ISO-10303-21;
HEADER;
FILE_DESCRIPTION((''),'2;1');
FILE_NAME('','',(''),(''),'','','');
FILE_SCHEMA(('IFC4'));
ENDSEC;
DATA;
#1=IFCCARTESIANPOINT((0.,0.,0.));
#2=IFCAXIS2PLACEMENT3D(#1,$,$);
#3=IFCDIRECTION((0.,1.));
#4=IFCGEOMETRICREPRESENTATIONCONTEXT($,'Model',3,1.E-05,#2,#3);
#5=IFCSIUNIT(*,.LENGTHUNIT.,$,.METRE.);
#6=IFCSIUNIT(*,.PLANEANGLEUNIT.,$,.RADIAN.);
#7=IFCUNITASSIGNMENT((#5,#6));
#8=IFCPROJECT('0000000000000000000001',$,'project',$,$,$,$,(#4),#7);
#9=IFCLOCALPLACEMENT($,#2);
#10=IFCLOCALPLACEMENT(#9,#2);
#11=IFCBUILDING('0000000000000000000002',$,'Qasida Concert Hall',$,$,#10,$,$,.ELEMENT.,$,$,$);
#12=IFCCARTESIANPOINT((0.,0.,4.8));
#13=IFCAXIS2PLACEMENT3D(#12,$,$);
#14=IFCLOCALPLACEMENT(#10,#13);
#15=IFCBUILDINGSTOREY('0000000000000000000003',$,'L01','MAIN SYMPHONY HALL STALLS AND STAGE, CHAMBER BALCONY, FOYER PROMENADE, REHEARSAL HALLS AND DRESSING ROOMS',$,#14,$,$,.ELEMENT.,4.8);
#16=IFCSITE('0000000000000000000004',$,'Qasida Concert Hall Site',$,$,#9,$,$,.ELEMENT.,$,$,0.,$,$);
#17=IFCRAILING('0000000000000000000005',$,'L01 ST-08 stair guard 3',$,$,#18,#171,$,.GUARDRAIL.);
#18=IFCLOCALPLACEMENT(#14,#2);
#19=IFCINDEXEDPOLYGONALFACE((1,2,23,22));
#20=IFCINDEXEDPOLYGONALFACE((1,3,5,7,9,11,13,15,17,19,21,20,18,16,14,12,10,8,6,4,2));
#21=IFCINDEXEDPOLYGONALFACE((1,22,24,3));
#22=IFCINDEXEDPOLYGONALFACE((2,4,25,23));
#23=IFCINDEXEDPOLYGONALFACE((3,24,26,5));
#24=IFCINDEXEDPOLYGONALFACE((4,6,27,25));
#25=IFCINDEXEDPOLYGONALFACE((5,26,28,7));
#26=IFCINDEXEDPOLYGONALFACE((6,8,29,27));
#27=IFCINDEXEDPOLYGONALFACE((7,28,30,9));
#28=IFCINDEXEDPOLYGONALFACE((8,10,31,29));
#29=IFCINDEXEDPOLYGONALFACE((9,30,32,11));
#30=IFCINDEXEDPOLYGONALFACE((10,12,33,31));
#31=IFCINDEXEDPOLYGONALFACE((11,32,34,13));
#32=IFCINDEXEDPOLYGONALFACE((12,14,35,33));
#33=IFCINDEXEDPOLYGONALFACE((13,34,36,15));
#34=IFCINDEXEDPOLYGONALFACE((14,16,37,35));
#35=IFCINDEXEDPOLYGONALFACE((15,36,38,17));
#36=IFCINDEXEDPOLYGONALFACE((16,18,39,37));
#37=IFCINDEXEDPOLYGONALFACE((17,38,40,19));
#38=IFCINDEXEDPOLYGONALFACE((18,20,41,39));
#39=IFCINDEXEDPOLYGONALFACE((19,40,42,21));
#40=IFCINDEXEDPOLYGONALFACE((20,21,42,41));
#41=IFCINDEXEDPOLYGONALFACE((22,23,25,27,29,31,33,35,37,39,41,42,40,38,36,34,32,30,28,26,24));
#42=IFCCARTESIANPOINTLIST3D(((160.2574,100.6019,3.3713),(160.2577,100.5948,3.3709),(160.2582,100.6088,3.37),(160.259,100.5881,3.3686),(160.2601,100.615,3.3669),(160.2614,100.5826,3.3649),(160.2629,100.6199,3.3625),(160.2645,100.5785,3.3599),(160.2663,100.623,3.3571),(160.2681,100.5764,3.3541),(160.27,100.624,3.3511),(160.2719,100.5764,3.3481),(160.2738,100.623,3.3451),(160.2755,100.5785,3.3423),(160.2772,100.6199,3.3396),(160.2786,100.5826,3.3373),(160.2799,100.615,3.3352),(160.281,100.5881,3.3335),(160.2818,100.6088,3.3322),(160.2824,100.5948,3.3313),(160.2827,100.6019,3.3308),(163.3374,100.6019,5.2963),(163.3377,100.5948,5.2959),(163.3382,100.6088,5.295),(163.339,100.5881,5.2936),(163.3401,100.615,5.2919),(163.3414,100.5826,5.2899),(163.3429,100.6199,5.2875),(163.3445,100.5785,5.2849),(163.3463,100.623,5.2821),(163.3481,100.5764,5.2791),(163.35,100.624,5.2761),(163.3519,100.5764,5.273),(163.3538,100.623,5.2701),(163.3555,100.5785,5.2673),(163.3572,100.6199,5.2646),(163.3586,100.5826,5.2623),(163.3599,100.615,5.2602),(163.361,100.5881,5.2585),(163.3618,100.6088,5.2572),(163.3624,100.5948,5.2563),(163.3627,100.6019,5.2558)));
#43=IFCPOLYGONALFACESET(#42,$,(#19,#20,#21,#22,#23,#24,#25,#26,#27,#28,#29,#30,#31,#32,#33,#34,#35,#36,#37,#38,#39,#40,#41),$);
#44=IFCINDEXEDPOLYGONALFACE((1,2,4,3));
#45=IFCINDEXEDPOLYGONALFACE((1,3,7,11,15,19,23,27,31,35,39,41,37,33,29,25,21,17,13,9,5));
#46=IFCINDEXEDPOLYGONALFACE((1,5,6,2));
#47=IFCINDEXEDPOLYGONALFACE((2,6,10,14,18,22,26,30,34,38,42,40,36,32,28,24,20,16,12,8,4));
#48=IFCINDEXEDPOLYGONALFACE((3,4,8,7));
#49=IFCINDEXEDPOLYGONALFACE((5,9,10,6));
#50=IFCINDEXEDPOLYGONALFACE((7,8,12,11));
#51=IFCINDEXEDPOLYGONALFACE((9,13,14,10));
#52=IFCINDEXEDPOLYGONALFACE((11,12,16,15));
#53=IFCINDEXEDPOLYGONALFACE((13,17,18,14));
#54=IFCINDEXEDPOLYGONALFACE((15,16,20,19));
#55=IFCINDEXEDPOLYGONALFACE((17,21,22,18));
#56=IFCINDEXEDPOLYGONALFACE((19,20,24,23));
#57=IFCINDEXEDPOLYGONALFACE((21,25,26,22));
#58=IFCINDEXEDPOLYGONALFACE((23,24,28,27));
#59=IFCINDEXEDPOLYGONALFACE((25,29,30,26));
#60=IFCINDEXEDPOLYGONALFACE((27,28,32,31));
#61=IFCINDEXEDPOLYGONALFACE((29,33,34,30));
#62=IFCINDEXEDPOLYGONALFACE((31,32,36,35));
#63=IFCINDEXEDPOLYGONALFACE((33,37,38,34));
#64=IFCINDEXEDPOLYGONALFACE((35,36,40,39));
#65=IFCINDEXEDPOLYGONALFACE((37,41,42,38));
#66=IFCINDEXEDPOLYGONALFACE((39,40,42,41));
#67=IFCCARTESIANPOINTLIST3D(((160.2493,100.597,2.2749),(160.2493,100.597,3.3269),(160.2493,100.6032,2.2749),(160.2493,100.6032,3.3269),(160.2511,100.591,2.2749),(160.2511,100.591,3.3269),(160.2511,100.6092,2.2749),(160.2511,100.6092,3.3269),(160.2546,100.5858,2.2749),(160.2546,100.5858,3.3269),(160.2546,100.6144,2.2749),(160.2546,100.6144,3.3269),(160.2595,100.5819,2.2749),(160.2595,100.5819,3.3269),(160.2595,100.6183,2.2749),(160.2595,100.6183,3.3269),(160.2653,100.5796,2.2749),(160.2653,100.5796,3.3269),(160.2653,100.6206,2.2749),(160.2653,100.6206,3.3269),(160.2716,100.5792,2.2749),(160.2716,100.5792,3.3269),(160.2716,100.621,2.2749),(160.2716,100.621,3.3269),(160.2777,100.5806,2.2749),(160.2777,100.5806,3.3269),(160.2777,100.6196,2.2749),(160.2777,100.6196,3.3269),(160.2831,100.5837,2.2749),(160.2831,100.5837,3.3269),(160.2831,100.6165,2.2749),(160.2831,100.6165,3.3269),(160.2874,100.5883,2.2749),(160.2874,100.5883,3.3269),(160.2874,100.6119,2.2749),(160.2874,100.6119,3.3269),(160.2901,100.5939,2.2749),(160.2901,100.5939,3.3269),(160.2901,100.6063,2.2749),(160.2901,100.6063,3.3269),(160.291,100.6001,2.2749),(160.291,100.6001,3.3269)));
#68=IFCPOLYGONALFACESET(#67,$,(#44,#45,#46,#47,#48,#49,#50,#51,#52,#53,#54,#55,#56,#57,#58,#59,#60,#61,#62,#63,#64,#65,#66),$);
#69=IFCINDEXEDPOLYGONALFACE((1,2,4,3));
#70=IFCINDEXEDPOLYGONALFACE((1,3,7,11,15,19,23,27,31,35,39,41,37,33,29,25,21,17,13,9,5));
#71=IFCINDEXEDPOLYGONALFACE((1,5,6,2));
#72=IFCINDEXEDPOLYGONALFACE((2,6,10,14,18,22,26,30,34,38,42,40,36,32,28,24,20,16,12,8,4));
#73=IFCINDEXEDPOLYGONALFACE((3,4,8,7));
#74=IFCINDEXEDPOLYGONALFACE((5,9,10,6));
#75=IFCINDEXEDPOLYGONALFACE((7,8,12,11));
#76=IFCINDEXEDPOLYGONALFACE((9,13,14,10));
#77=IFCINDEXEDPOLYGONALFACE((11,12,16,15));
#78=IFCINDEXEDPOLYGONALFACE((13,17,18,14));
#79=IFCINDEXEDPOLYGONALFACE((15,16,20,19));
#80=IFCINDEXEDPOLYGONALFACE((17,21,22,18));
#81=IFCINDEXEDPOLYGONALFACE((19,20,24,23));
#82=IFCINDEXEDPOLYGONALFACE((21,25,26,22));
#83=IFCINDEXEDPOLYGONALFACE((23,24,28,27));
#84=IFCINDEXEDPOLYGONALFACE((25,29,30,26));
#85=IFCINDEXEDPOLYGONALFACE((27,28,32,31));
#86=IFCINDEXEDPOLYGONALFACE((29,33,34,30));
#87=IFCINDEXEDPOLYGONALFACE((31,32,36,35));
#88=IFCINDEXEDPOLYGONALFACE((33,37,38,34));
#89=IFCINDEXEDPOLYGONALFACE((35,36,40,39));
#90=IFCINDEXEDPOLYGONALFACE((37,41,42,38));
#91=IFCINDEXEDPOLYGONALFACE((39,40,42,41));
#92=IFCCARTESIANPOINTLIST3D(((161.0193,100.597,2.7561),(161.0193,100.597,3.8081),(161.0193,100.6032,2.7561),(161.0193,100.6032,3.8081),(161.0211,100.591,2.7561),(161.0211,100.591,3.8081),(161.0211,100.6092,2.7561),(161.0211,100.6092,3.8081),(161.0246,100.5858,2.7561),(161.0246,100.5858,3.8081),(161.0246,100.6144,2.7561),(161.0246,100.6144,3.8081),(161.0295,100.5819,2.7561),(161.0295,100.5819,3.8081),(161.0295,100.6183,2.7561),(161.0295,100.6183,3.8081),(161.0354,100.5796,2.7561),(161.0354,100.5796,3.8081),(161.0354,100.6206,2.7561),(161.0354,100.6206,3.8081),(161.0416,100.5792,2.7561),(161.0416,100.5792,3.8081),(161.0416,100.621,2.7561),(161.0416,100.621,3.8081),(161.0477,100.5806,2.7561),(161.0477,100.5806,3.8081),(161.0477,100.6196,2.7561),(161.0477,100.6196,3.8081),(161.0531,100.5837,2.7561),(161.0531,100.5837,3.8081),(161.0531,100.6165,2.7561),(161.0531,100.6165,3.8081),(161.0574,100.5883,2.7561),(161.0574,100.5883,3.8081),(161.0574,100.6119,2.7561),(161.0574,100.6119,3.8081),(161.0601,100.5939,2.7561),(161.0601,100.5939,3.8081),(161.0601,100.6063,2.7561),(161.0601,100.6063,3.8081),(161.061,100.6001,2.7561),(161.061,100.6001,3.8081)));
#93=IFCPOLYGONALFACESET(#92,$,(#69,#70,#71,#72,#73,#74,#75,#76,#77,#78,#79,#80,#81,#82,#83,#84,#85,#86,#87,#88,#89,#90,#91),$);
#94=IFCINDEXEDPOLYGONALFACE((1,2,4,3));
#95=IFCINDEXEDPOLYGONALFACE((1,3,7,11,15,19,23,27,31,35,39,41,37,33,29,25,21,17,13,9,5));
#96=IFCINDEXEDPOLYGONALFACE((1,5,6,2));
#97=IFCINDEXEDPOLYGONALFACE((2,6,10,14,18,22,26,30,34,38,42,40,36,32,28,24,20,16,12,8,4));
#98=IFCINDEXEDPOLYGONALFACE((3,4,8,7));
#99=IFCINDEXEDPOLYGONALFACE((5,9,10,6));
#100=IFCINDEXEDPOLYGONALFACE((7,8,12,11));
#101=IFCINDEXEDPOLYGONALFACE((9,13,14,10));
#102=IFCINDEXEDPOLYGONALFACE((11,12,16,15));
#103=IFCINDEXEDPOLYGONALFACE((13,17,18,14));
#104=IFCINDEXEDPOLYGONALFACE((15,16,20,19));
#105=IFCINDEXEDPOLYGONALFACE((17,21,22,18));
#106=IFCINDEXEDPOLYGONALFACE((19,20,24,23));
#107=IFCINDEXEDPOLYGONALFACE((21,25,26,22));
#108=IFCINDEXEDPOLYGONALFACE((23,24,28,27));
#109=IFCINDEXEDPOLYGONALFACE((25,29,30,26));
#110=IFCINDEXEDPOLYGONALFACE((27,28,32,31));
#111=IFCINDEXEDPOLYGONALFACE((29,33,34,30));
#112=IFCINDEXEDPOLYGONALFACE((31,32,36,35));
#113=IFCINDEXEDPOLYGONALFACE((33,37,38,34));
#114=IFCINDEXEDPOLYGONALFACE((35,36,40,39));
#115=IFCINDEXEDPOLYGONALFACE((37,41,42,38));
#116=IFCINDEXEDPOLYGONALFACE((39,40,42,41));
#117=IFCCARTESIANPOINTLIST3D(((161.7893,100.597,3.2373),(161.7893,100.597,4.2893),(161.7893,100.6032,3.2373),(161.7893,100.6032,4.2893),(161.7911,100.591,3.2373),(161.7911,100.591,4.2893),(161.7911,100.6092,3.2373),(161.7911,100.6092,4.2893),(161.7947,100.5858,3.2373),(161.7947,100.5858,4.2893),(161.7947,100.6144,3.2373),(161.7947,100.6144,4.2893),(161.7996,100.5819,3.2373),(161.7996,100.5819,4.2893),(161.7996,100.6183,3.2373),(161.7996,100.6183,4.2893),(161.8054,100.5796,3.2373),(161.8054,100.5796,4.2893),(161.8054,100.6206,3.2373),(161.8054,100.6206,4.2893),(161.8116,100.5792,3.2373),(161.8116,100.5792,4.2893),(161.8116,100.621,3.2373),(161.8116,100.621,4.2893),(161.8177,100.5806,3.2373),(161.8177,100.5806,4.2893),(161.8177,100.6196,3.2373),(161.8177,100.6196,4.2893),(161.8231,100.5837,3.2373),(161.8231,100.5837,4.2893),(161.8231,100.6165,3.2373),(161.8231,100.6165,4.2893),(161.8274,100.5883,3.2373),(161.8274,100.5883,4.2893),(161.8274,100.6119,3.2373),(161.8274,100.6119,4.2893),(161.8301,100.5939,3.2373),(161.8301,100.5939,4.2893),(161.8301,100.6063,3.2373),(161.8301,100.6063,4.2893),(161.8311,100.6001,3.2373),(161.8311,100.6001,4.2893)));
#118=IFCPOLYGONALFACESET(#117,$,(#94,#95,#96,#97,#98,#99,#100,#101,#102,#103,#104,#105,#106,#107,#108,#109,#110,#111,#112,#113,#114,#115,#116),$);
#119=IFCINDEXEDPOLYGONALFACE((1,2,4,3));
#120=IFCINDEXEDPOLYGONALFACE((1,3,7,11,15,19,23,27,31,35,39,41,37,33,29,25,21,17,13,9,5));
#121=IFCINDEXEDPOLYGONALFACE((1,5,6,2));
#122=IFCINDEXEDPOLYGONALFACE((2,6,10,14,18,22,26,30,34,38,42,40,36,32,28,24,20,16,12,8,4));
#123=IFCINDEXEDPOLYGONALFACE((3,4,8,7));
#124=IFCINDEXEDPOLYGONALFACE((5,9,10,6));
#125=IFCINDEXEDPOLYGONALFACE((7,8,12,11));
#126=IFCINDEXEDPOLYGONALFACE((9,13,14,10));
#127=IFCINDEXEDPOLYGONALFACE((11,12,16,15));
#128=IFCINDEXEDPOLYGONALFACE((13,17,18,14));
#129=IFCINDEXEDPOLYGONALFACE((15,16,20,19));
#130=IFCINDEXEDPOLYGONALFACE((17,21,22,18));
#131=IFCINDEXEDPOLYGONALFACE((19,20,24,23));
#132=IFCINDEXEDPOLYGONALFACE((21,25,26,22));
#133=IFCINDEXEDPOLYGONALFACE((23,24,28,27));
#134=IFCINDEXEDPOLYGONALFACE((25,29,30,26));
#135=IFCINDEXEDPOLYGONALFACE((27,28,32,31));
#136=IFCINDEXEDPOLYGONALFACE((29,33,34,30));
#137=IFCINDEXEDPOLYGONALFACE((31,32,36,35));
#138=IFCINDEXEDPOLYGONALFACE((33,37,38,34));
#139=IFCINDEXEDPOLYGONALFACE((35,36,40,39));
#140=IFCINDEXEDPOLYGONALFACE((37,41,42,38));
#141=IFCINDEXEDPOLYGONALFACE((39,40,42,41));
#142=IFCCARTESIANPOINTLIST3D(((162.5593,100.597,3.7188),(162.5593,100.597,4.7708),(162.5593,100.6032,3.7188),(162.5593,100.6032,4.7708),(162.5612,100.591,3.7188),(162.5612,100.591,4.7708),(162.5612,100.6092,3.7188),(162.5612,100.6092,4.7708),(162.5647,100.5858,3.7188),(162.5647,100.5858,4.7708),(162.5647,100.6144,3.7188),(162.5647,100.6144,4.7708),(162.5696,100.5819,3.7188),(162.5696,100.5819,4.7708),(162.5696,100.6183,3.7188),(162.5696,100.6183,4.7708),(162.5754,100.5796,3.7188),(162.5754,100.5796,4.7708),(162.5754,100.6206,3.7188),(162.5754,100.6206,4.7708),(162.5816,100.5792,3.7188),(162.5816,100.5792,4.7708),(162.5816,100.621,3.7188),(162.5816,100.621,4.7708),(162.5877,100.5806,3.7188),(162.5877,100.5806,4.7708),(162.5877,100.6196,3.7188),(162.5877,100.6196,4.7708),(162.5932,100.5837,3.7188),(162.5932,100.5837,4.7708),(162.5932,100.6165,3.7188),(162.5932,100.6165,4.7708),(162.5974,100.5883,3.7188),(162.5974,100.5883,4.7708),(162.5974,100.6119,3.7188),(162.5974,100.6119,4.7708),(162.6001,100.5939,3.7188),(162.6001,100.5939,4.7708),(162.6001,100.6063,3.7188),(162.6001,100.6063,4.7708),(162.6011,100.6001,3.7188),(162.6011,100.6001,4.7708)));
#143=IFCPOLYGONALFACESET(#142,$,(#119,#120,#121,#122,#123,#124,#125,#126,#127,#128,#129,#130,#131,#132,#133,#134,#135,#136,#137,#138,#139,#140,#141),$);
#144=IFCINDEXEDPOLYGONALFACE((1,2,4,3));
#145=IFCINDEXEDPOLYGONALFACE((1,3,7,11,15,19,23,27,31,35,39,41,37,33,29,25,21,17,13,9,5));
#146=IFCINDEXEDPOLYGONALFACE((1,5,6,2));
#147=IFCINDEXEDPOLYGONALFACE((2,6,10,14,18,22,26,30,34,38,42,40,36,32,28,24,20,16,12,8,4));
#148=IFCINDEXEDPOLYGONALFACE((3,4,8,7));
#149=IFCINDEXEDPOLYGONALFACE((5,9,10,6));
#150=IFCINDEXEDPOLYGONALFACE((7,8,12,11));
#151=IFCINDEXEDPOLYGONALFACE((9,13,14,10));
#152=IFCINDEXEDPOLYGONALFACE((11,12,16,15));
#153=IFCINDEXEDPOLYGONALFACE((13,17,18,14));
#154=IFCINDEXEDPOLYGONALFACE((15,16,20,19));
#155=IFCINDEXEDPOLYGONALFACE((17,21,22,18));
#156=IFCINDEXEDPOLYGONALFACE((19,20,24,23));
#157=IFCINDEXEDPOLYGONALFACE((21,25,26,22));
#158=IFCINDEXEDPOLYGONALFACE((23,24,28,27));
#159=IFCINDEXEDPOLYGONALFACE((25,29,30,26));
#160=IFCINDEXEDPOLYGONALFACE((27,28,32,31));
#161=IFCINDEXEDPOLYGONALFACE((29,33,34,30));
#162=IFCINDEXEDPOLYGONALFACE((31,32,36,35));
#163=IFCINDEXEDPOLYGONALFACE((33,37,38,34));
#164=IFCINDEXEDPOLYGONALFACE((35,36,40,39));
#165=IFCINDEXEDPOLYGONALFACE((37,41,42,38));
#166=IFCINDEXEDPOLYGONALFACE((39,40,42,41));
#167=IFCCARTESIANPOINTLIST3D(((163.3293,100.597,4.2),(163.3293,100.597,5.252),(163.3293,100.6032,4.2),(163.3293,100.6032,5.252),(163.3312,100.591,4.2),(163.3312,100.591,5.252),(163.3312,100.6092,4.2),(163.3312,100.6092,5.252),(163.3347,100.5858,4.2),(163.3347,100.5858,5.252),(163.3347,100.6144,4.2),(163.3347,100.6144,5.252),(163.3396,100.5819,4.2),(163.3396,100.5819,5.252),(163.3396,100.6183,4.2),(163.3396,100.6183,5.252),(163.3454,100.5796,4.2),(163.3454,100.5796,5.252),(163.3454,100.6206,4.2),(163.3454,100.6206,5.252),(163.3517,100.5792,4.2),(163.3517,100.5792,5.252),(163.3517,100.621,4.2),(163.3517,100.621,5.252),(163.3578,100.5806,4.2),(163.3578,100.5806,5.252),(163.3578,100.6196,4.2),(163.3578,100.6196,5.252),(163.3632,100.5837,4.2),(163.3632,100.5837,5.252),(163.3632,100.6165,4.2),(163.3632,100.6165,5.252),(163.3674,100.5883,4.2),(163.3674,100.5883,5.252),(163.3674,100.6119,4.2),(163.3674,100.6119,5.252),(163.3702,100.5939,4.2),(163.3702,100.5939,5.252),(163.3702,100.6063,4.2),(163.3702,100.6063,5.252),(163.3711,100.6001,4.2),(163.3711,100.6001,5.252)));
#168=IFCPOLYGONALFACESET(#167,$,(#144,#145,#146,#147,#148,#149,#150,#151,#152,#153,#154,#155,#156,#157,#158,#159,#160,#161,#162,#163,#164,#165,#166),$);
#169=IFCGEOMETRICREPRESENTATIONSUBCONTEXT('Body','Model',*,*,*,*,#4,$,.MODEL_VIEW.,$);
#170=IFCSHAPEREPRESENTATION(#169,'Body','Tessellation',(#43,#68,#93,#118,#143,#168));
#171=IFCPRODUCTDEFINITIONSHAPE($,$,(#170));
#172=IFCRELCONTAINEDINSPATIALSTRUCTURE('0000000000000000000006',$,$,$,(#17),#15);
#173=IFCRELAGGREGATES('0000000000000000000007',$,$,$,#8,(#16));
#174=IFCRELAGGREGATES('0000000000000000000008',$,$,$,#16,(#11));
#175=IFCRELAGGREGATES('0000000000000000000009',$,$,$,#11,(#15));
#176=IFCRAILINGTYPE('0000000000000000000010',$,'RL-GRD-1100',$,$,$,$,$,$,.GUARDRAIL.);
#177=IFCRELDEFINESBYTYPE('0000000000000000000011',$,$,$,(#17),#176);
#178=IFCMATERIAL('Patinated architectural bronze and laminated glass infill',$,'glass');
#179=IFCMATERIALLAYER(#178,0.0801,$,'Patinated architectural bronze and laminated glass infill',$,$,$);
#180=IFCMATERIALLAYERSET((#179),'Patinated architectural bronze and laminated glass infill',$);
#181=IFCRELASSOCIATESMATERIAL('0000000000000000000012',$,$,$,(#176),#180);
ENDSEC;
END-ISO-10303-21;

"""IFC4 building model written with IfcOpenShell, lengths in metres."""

from ifc_helpers import new_model, si_unit, direction, frame, origin, origin_2d, place, context, subcontext, project, spatial, circle, extrude, material, layer, layer_set, type_object, element, save


model = new_model("IFC4")

# Units and contexts
model_context = context("Model", 3, precision=1e-05, world=origin(), true_north=direction((0.0, 1.0)))
body_context = subcontext(model_context, "Body", "Model", "MODEL_VIEW")
ifc_project = project(units=[si_unit("LENGTHUNIT", "METRE"), si_unit("PLANEANGLEUNIT", "RADIAN")], contexts=[model_context])

# Site, building, storey
site_placement = place(None, origin())
site = spatial("IfcSite", under=ifc_project, at=site_placement, Name="Qasida Concert Hall Site", CompositionType="ELEMENT", RefElevation=0.0)
building_placement = place(site_placement, origin())
building = spatial("IfcBuilding", under=site, at=building_placement, Name="Qasida Concert Hall", CompositionType="ELEMENT")
storey_placement = place(building_placement, frame((0.0, 0.0, 4.8)))
storey = spatial("IfcBuildingStorey", under=building, at=storey_placement, Name="L01", Description="MAIN SYMPHONY HALL STALLS AND STAGE, CHAMBER BALCONY, FOYER PROMENADE, REHEARSAL HALLS AND DRESSING ROOMS", CompositionType="ELEMENT", Elevation=4.8)

# Railing
ifc_material_1 = material(Name="Patinated architectural bronze and laminated glass infill", Category="glass")
ifc_layer_1 = layer(ifc_material_1, 0.0801, Name="Patinated architectural bronze and laminated glass infill")
ifc_layer_set_1 = layer_set([ifc_layer_1], Name="Patinated architectural bronze and laminated glass infill")
railing_type_1 = type_object("IfcRailingType", Name="RL-GRD-1100", PredefinedType="GUARDRAIL", material=ifc_layer_set_1)
railing_1_placement = place(storey_placement, frame((160.27, 100.6001, 2.2749)))
element("IfcRailing", 1, at=railing_1_placement, inside=storey, type_object=railing_type_1, Name="L01 ST-08 stair guard 3", PredefinedType="GUARDRAIL", context=body_context, shape_type="SweptSolid", body=[
    extrude(circle(Radius=0.0239, at=origin_2d()), frame((0.0, 0.0, 1.0762), z_axis=(0.847998, 0.0, 0.529999), x_axis=(0.0, 1.0, 0.0)), (0.0, 0.0, 1.0), 3.6321),
    extrude(circle(Radius=0.021, at=origin_2d()), origin(), (0.0, 0.0, 1.0), 1.052),
    extrude(circle(Radius=0.021, at=origin_2d()), frame((0.77, 0.0, 0.4812)), (0.0, 0.0, 1.0), 1.052),
    extrude(circle(Radius=0.021, at=origin_2d()), frame((1.54, 0.0, 0.9624)), (0.0, 0.0, 1.0), 1.052),
    extrude(circle(Radius=0.021, at=origin_2d()), frame((2.3101, 0.0, 1.4438)), (0.0, 0.0, 1.0), 1.052),
    extrude(circle(Radius=0.021, at=origin_2d()), frame((3.0801, 0.0, 1.925)), (0.0, 0.0, 1.0), 1.052),
])

save(model, "model.ifc")
